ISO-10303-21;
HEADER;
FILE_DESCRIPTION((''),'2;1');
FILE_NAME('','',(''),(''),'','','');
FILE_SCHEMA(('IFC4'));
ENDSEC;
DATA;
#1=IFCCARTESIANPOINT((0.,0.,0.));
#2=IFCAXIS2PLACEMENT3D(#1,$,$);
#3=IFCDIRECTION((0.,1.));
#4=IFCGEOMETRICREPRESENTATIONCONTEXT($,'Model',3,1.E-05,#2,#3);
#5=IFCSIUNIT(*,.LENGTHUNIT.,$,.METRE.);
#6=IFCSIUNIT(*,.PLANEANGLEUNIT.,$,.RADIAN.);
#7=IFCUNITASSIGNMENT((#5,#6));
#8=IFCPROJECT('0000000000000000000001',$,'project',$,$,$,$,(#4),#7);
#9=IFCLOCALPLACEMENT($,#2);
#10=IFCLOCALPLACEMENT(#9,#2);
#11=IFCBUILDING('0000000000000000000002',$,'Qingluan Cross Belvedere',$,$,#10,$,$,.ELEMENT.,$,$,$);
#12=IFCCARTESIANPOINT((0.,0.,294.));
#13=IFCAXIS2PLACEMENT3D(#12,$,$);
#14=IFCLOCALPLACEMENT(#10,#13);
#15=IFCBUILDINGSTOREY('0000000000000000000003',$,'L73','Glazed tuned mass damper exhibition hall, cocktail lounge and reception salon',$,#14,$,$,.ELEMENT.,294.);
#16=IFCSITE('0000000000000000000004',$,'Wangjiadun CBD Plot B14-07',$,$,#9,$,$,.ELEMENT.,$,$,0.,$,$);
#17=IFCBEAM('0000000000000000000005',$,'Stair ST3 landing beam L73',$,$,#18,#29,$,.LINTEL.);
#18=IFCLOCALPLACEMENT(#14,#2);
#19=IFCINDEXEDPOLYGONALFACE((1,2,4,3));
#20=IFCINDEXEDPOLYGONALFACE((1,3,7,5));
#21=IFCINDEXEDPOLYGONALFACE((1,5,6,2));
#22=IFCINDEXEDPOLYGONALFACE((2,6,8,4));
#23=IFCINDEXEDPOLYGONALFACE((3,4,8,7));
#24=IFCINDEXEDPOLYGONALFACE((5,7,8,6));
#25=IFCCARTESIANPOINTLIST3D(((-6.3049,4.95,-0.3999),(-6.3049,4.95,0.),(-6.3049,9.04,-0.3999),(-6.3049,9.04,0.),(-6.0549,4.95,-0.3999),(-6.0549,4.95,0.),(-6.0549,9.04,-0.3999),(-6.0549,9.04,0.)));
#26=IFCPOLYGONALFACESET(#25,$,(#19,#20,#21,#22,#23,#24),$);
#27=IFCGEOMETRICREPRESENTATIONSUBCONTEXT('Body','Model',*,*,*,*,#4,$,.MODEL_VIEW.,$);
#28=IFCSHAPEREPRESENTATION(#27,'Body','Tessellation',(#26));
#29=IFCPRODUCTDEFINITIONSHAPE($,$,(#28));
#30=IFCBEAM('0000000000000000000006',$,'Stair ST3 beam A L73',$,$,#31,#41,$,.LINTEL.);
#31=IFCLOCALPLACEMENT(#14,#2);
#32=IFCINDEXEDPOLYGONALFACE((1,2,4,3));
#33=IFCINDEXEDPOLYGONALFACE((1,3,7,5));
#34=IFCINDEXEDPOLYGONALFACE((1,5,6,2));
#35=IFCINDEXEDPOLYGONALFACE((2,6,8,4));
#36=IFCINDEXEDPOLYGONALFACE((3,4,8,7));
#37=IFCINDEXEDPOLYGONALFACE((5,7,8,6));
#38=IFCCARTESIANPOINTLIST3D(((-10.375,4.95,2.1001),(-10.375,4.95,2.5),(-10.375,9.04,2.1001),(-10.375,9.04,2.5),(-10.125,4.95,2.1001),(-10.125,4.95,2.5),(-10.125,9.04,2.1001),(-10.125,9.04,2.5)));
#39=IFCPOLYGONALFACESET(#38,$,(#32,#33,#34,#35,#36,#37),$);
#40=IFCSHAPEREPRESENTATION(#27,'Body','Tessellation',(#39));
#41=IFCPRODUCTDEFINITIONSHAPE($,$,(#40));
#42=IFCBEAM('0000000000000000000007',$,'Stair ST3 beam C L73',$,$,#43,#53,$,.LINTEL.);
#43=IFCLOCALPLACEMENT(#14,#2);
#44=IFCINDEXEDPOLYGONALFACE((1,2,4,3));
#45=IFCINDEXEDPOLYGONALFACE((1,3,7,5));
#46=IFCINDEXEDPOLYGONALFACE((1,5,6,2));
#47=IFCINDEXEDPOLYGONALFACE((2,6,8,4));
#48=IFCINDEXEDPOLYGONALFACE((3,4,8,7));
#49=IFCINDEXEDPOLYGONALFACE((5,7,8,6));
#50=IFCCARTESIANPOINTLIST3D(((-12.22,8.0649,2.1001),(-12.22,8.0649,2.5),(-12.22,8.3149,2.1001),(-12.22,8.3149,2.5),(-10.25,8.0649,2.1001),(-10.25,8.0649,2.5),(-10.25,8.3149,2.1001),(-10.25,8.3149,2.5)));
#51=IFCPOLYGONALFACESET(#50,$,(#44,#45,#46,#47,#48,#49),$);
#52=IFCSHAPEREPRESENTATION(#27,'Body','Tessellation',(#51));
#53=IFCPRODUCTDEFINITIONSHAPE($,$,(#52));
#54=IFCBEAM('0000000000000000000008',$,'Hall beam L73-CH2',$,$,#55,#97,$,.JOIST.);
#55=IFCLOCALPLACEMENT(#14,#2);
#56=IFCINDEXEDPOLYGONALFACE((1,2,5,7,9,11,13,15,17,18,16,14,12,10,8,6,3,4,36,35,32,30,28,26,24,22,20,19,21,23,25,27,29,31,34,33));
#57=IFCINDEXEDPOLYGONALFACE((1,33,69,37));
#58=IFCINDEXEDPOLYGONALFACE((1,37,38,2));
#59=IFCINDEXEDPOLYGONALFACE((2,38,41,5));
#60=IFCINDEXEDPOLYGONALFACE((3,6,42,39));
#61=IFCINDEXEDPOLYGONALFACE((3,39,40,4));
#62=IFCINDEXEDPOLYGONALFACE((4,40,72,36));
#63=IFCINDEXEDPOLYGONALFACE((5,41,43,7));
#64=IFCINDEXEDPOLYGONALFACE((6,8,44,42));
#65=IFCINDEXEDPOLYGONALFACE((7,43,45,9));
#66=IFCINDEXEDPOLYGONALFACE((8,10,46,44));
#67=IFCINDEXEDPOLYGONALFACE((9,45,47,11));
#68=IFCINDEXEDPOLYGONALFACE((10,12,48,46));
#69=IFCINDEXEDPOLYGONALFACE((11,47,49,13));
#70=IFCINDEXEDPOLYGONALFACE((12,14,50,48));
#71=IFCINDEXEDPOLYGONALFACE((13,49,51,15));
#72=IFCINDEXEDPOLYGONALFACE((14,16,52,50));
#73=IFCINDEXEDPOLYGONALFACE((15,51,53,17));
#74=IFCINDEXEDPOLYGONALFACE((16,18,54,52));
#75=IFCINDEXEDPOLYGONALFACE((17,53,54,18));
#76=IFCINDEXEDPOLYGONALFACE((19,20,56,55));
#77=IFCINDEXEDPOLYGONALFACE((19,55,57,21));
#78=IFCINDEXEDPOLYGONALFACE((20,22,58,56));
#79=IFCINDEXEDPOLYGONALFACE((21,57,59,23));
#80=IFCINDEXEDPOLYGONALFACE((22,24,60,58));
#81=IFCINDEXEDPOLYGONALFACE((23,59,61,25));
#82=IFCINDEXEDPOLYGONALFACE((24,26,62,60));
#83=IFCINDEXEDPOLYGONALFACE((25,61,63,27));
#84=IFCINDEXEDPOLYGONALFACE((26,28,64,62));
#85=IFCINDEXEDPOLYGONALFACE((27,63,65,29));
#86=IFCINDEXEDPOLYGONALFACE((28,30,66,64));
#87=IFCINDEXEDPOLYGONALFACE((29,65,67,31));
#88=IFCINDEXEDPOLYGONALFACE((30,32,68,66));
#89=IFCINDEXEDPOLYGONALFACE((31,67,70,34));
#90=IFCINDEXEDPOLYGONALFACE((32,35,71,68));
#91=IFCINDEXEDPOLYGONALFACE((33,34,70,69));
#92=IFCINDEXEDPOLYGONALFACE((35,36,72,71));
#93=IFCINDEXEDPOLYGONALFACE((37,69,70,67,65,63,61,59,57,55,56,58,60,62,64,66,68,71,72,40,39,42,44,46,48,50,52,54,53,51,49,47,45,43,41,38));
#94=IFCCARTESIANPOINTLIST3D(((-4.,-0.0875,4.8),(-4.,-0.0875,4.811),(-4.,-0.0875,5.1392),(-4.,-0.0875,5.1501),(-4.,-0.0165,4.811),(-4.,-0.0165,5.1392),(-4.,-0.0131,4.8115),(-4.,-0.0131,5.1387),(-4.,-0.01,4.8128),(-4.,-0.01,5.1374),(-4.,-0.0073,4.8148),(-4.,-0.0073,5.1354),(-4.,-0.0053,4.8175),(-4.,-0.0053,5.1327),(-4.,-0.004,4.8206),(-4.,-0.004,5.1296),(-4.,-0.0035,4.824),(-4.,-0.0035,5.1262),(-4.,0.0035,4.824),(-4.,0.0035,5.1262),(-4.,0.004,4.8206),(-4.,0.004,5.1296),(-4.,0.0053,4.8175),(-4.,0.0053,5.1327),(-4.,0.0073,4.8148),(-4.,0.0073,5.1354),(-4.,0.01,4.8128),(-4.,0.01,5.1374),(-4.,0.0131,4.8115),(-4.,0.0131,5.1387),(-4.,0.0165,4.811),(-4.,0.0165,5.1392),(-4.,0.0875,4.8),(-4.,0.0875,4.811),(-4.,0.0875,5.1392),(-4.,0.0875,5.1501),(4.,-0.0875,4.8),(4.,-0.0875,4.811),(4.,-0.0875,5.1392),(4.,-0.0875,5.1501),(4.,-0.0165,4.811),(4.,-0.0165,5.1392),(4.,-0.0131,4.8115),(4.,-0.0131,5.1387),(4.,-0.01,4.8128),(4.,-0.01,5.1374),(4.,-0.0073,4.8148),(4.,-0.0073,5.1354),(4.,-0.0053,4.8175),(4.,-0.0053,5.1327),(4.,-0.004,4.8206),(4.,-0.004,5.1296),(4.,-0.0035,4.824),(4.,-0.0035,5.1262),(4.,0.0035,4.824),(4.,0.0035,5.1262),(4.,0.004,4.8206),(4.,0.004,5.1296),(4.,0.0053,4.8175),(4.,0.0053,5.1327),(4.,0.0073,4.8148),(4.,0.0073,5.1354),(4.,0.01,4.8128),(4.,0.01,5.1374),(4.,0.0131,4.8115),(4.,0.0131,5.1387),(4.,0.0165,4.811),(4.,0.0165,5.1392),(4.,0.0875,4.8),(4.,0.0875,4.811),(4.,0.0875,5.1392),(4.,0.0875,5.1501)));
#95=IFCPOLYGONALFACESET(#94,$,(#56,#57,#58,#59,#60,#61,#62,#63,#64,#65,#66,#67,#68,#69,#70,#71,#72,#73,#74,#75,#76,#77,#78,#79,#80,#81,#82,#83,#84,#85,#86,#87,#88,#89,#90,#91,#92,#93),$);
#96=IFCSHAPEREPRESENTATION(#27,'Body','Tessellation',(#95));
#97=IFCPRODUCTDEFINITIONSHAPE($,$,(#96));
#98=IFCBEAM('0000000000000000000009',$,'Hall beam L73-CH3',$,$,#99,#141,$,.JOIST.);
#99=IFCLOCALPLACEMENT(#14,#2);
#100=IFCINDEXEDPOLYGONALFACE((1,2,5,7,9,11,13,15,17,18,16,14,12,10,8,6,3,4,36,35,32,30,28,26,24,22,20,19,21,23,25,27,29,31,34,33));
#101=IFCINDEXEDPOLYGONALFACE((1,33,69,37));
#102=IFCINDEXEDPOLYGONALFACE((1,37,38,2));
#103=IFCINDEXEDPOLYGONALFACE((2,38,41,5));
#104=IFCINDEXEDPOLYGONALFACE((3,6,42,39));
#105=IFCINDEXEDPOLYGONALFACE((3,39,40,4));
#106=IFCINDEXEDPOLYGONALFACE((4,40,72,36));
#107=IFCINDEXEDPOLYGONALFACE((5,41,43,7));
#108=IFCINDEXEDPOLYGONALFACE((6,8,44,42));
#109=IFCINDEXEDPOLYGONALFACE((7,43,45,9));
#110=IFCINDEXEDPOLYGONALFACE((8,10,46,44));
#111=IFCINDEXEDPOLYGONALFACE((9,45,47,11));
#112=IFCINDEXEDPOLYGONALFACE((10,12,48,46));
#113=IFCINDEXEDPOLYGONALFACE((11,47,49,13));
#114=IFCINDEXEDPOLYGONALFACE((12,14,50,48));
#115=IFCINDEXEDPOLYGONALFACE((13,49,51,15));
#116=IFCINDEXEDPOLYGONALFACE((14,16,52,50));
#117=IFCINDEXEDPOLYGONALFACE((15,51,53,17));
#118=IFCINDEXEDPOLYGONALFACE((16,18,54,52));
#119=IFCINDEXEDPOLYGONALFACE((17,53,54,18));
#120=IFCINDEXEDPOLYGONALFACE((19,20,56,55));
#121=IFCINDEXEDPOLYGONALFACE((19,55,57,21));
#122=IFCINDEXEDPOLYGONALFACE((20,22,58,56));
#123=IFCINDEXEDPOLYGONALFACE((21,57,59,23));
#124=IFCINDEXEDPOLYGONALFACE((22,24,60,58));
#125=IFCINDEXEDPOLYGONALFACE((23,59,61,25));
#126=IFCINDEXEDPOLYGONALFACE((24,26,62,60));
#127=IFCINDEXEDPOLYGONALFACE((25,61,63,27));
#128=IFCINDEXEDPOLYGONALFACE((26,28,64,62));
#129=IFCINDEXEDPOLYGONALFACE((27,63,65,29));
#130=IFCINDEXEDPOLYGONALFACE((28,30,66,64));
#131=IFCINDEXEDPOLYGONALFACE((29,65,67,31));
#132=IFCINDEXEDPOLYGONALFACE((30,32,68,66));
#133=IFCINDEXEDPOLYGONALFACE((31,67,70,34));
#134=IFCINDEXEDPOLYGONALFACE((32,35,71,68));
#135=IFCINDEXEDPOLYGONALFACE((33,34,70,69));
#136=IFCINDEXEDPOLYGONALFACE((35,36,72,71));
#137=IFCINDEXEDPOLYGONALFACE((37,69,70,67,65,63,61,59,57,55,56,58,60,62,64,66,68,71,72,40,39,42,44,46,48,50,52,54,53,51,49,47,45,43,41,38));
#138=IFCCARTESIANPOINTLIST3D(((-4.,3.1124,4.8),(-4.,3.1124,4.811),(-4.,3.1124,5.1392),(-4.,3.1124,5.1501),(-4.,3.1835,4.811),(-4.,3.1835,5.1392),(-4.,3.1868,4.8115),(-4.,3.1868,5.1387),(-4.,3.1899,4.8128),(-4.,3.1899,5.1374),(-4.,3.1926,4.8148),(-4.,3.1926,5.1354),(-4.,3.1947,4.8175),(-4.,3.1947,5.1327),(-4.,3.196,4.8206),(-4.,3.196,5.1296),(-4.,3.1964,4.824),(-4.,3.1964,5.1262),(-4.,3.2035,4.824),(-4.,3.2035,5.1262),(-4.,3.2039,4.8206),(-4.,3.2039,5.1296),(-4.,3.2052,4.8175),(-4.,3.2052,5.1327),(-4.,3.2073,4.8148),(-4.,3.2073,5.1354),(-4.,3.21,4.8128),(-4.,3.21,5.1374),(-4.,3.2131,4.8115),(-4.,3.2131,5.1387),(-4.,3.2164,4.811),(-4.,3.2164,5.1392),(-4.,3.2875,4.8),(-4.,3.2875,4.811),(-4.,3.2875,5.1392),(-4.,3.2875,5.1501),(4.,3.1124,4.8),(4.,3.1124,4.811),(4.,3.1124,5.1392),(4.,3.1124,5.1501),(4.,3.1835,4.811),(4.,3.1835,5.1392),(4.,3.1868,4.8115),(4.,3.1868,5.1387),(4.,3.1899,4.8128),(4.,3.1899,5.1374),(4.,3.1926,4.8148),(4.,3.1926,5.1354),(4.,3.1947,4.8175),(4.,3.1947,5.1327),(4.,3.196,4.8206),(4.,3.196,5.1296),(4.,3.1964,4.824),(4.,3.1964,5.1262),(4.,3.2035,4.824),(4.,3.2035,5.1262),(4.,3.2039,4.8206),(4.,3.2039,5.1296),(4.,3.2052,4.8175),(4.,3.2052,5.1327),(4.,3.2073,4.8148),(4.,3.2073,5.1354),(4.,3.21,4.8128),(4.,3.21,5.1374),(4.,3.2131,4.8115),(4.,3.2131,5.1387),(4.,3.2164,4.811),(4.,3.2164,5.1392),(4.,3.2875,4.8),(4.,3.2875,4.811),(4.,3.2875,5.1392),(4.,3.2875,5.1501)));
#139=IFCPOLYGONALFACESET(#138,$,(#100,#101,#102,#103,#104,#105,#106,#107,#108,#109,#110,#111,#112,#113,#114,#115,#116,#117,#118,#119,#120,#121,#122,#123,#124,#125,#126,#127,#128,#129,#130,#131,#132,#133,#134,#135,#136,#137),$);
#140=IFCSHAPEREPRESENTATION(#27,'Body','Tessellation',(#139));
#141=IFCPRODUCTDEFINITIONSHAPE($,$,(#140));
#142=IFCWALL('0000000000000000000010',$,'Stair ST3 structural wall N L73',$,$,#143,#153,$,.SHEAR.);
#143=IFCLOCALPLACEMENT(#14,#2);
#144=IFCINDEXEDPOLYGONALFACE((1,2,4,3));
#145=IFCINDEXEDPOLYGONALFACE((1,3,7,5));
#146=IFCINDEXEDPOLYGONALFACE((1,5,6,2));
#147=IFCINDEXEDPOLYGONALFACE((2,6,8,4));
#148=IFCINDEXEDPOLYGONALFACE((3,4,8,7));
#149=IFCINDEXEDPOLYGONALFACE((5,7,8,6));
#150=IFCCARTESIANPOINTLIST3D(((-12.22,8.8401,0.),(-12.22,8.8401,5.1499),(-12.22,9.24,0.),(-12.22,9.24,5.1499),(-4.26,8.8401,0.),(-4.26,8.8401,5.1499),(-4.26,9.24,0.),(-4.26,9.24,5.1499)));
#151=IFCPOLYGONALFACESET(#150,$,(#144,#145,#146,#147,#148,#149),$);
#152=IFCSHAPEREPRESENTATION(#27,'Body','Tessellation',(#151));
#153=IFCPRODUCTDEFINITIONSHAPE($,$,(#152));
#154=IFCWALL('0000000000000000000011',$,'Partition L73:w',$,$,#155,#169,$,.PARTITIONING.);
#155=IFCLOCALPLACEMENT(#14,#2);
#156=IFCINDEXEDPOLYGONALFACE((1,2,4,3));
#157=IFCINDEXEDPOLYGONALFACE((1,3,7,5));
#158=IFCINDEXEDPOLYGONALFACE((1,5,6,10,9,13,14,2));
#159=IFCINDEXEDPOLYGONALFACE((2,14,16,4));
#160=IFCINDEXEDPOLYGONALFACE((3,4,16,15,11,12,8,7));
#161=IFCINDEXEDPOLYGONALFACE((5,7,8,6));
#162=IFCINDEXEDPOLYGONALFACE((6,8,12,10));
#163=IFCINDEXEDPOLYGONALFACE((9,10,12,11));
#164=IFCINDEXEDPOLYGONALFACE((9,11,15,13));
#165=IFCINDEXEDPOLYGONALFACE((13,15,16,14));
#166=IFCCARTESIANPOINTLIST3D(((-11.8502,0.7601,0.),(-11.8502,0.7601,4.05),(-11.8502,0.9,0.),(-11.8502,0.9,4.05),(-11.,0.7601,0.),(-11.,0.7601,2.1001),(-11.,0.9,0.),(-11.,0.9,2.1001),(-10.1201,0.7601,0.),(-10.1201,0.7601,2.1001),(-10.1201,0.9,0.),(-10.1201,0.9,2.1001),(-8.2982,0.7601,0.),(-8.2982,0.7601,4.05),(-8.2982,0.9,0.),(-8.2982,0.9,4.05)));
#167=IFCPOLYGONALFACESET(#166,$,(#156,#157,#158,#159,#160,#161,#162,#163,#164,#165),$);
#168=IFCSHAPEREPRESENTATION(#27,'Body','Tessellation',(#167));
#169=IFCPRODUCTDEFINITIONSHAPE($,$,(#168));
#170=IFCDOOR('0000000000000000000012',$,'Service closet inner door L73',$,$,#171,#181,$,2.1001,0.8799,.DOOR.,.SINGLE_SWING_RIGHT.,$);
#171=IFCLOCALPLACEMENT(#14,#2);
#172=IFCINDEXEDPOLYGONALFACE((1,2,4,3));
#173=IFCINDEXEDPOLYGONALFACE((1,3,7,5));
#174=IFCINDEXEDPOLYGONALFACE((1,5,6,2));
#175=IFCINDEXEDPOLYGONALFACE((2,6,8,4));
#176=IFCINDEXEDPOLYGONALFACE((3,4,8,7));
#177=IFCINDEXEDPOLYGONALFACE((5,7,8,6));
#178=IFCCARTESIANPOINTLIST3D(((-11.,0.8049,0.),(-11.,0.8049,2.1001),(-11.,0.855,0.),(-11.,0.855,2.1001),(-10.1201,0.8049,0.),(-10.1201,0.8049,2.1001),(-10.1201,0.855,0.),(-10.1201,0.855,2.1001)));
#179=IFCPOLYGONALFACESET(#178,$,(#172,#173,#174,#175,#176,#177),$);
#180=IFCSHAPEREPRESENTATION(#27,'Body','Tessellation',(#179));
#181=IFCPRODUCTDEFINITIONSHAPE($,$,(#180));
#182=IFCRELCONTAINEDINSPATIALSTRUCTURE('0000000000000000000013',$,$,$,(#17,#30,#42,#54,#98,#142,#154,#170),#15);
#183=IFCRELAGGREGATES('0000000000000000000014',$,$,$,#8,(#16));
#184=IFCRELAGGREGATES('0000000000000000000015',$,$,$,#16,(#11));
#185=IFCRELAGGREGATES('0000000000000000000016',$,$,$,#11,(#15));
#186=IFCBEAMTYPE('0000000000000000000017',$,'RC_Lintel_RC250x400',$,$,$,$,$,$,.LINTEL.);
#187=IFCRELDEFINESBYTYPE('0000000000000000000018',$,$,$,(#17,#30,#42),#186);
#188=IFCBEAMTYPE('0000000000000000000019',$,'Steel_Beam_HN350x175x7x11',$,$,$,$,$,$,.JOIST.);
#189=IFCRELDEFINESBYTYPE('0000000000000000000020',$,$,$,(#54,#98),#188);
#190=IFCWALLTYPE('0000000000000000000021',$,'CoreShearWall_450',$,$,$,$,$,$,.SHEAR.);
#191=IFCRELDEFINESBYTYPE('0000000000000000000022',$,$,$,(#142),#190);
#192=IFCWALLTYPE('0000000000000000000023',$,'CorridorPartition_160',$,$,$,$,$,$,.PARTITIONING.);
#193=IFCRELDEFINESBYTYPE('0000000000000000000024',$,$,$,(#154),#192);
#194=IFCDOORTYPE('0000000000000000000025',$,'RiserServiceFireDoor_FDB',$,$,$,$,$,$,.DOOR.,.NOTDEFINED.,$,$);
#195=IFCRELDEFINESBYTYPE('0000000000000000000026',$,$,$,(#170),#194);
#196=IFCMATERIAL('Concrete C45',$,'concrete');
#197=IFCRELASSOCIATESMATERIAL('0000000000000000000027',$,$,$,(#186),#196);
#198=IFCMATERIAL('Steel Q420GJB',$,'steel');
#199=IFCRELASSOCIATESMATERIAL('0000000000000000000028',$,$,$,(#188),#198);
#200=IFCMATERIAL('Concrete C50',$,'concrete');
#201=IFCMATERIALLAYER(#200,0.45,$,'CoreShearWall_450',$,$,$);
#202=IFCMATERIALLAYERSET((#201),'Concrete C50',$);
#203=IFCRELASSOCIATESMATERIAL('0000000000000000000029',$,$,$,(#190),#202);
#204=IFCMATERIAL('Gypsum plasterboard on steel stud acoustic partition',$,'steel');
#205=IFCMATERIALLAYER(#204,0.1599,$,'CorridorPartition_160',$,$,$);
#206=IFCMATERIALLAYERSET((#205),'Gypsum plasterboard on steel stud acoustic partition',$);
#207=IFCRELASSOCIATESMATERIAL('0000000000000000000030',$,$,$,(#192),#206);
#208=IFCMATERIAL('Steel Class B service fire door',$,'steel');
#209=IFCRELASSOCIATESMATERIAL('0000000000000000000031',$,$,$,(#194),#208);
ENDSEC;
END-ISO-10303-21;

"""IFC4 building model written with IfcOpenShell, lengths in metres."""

from ifc_helpers import new_model, si_unit, direction, frame, frame_2d, origin, origin_2d, place, context, subcontext, project, spatial, rectangle, i_section, extrude, material, layer, layer_set, material_profile, profile_set, type_object, element, fill, save


model = new_model("IFC4")

# Units and contexts
model_context = context("Model", 3, precision=1e-05, world=origin(), true_north=direction((0.0, 1.0)))
body_context = subcontext(model_context, "Body", "Model", "MODEL_VIEW")
ifc_project = project(units=[si_unit("LENGTHUNIT", "METRE"), si_unit("PLANEANGLEUNIT", "RADIAN")], contexts=[model_context])

# Site, building, storey
site_placement = place(None, origin())
site = spatial("IfcSite", under=ifc_project, at=site_placement, Name="Wangjiadun CBD Plot B14-07", CompositionType="ELEMENT", RefElevation=0.0)
building_placement = place(site_placement, origin())
building = spatial("IfcBuilding", under=site, at=building_placement, Name="Qingluan Cross Belvedere", CompositionType="ELEMENT")
storey_placement = place(building_placement, frame((0.0, 0.0, 294.0)))
storey = spatial("IfcBuildingStorey", under=building, at=storey_placement, Name="L73", Description="Glazed tuned mass damper exhibition hall, cocktail lounge and reception salon", CompositionType="ELEMENT", Elevation=294.0)

# Beams
ifc_material_1 = material(Name="Concrete C45", Category="concrete")
ifc_material_profile_1 = material_profile(ifc_material_1, rectangle(XDim=0.25, YDim=0.3999, at=origin_2d()), Name="RC250x400")
ifc_profile_set_1 = profile_set([ifc_material_profile_1], Name="Concrete C45")
beam_type_1 = type_object("IfcBeamType", Name="RC_Lintel_RC250x400", PredefinedType="LINTEL", material=ifc_profile_set_1)
for number, where, z_axis, x_axis, name in (
    (1, (-6.1799, 4.95, -0.2), (0.0, 1.0, 0.0), (-1.0, 0.0, 0.0), "Stair ST3 landing beam L73"),
    (2, (-10.25, 4.95, 2.3), (0.0, 1.0, 0.0), (-1.0, 0.0, 0.0), "Stair ST3 beam A L73"),
):
    element("IfcBeam", number, at=place(storey_placement, frame(where, z_axis=z_axis, x_axis=x_axis)), inside=storey, type_object=beam_type_1, Name=name, PredefinedType="LINTEL", context=body_context, shape_type="SweptSolid", body=[
        extrude(rectangle(XDim=0.25, YDim=0.3999, at=origin_2d()), origin(), (0.0, 0.0, 1.0), 4.0901),
    ])
beam_placement = place(storey_placement, frame((-12.22, 8.1899, 2.3), z_axis=(1.0, 0.0, 0.0), x_axis=(0.0, 1.0, 0.0)))
element("IfcBeam", 3, at=beam_placement, inside=storey, type_object=beam_type_1, Name="Stair ST3 beam C L73", PredefinedType="LINTEL", context=body_context, shape_type="SweptSolid", body=[
    extrude(rectangle(XDim=0.25, YDim=0.3999, at=origin_2d()), origin(), (0.0, 0.0, 1.0), 1.97),
])
ifc_material_2 = material(Name="Steel Q420GJB", Category="steel")
ifc_material_profile_2 = material_profile(ifc_material_2, i_section(OverallWidth=0.175, OverallDepth=0.3501, WebThickness=0.0071, FlangeThickness=0.011, FilletRadius=0.0129, at=origin_2d()), Name="HN350x175x7x11")
ifc_profile_set_2 = profile_set([ifc_material_profile_2], Name="Steel Q420GJB")
beam_type_2 = type_object("IfcBeamType", Name="Steel_Beam_HN350x175x7x11", PredefinedType="JOIST", material=ifc_profile_set_2)
for number, where, z_axis, x_axis, name in (
    (4, (-4.0, 0.0, 4.9751), (1.0, 0.0, 0.0), (0.0, 1.0, 0.0), "Hall beam L73-CH2"),
    (5, (-4.0, 3.2, 4.9751), (1.0, 0.0, 0.0), (0.0, 1.0, 0.0), "Hall beam L73-CH3"),
):
    element("IfcBeam", number, at=place(storey_placement, frame(where, z_axis=z_axis, x_axis=x_axis)), inside=storey, type_object=beam_type_2, Name=name, PredefinedType="JOIST", context=body_context, shape_type="SweptSolid", body=[
        extrude(i_section(OverallWidth=0.175, OverallDepth=0.3501, WebThickness=0.0071, FlangeThickness=0.011, FilletRadius=0.0129, at=origin_2d()), origin(), (0.0, 0.0, 1.0), 8.0),
    ])

# Wall
ifc_material_3 = material(Name="Concrete C50", Category="concrete")
ifc_layer_1 = layer(ifc_material_3, 0.45, Name="CoreShearWall_450")
ifc_layer_set_1 = layer_set([ifc_layer_1], Name="Concrete C50")
wall_type_1 = type_object("IfcWallType", Name="CoreShearWall_450", PredefinedType="SHEAR", material=ifc_layer_set_1)
wall_1_placement = place(storey_placement, frame((-12.22, 9.04, 0.0), z_axis=(0.0, 0.0, 1.0), x_axis=(1.0, 0.0, 0.0)))
element("IfcWall", 6, at=wall_1_placement, inside=storey, type_object=wall_type_1, Name="Stair ST3 structural wall N L73", PredefinedType="SHEAR", context=body_context, shape_type="SweptSolid", body=[
    extrude(rectangle(XDim=7.96, YDim=0.3999, at=frame_2d((3.98, 0.0))), origin(), (0.0, 0.0, 1.0), 5.1499),
])

# Wall, opening, door
ifc_material_4 = material(Name="Gypsum plasterboard on steel stud acoustic partition", Category="steel")
ifc_layer_2 = layer(ifc_material_4, 0.1599, Name="CorridorPartition_160")
ifc_layer_set_2 = layer_set([ifc_layer_2], Name="Gypsum plasterboard on steel stud acoustic partition")
wall_type_2 = type_object("IfcWallType", Name="CorridorPartition_160", PredefinedType="PARTITIONING", material=ifc_layer_set_2)
wall_2_placement = place(storey_placement, frame((-11.8501, 0.8301, 0.0), z_axis=(0.0, 0.0, 1.0), x_axis=(1.0, 0.0, 0.0)))
wall_2 = element("IfcWall", 7, at=wall_2_placement, inside=storey, type_object=wall_type_2, Name="Partition L73:w", PredefinedType="PARTITIONING", context=body_context, shape_type="SweptSolid", body=[
    extrude(rectangle(XDim=3.552, YDim=0.1399, at=frame_2d((1.7759, 0.0))), origin(), (0.0, 0.0, 1.0), 4.05),
])
opening_1_placement = place(wall_2_placement, frame((0.8501, 0.0, 0.0)))
opening_1 = element("IfcOpeningElement", 8, at=opening_1_placement, cuts=wall_2, PredefinedType="OPENING", context=body_context, shape_type="SweptSolid", body=[
    extrude(rectangle(XDim=0.8799, YDim=2.1001, at=frame_2d((0.4399, 1.05))), frame((0.0, 0.0798, 0.0), z_axis=(0.0, -1.0, 0.0), x_axis=(1.0, 0.0, 0.0)), (0.0, 0.0, 1.0), 0.1599),
])
ifc_material_5 = material(Name="Steel Class B service fire door", Category="steel")
door_type_1 = type_object("IfcDoorType", Name="RiserServiceFireDoor_FDB", OperationType="NOTDEFINED", PredefinedType="DOOR", material=ifc_material_5)
door_1_placement = place(opening_1_placement, origin())
door_1 = element("IfcDoor", 9, at=door_1_placement, inside=storey, type_object=door_type_1, Name="Service closet inner door L73", OperationType="SINGLE_SWING_RIGHT", OverallHeight=2.1001, OverallWidth=0.8799, PredefinedType="DOOR", context=body_context, shape_type="SweptSolid", body=[
    extrude(rectangle(XDim=0.8799, YDim=2.1001, at=frame_2d((0.4399, 1.05))), frame((0.0, 0.0249, 0.0), z_axis=(0.0, -1.0, 0.0), x_axis=(1.0, 0.0, 0.0)), (0.0, 0.0, 1.0), 0.05),
])
fill(opening_1, door_1)

save(model, "model.ifc")
